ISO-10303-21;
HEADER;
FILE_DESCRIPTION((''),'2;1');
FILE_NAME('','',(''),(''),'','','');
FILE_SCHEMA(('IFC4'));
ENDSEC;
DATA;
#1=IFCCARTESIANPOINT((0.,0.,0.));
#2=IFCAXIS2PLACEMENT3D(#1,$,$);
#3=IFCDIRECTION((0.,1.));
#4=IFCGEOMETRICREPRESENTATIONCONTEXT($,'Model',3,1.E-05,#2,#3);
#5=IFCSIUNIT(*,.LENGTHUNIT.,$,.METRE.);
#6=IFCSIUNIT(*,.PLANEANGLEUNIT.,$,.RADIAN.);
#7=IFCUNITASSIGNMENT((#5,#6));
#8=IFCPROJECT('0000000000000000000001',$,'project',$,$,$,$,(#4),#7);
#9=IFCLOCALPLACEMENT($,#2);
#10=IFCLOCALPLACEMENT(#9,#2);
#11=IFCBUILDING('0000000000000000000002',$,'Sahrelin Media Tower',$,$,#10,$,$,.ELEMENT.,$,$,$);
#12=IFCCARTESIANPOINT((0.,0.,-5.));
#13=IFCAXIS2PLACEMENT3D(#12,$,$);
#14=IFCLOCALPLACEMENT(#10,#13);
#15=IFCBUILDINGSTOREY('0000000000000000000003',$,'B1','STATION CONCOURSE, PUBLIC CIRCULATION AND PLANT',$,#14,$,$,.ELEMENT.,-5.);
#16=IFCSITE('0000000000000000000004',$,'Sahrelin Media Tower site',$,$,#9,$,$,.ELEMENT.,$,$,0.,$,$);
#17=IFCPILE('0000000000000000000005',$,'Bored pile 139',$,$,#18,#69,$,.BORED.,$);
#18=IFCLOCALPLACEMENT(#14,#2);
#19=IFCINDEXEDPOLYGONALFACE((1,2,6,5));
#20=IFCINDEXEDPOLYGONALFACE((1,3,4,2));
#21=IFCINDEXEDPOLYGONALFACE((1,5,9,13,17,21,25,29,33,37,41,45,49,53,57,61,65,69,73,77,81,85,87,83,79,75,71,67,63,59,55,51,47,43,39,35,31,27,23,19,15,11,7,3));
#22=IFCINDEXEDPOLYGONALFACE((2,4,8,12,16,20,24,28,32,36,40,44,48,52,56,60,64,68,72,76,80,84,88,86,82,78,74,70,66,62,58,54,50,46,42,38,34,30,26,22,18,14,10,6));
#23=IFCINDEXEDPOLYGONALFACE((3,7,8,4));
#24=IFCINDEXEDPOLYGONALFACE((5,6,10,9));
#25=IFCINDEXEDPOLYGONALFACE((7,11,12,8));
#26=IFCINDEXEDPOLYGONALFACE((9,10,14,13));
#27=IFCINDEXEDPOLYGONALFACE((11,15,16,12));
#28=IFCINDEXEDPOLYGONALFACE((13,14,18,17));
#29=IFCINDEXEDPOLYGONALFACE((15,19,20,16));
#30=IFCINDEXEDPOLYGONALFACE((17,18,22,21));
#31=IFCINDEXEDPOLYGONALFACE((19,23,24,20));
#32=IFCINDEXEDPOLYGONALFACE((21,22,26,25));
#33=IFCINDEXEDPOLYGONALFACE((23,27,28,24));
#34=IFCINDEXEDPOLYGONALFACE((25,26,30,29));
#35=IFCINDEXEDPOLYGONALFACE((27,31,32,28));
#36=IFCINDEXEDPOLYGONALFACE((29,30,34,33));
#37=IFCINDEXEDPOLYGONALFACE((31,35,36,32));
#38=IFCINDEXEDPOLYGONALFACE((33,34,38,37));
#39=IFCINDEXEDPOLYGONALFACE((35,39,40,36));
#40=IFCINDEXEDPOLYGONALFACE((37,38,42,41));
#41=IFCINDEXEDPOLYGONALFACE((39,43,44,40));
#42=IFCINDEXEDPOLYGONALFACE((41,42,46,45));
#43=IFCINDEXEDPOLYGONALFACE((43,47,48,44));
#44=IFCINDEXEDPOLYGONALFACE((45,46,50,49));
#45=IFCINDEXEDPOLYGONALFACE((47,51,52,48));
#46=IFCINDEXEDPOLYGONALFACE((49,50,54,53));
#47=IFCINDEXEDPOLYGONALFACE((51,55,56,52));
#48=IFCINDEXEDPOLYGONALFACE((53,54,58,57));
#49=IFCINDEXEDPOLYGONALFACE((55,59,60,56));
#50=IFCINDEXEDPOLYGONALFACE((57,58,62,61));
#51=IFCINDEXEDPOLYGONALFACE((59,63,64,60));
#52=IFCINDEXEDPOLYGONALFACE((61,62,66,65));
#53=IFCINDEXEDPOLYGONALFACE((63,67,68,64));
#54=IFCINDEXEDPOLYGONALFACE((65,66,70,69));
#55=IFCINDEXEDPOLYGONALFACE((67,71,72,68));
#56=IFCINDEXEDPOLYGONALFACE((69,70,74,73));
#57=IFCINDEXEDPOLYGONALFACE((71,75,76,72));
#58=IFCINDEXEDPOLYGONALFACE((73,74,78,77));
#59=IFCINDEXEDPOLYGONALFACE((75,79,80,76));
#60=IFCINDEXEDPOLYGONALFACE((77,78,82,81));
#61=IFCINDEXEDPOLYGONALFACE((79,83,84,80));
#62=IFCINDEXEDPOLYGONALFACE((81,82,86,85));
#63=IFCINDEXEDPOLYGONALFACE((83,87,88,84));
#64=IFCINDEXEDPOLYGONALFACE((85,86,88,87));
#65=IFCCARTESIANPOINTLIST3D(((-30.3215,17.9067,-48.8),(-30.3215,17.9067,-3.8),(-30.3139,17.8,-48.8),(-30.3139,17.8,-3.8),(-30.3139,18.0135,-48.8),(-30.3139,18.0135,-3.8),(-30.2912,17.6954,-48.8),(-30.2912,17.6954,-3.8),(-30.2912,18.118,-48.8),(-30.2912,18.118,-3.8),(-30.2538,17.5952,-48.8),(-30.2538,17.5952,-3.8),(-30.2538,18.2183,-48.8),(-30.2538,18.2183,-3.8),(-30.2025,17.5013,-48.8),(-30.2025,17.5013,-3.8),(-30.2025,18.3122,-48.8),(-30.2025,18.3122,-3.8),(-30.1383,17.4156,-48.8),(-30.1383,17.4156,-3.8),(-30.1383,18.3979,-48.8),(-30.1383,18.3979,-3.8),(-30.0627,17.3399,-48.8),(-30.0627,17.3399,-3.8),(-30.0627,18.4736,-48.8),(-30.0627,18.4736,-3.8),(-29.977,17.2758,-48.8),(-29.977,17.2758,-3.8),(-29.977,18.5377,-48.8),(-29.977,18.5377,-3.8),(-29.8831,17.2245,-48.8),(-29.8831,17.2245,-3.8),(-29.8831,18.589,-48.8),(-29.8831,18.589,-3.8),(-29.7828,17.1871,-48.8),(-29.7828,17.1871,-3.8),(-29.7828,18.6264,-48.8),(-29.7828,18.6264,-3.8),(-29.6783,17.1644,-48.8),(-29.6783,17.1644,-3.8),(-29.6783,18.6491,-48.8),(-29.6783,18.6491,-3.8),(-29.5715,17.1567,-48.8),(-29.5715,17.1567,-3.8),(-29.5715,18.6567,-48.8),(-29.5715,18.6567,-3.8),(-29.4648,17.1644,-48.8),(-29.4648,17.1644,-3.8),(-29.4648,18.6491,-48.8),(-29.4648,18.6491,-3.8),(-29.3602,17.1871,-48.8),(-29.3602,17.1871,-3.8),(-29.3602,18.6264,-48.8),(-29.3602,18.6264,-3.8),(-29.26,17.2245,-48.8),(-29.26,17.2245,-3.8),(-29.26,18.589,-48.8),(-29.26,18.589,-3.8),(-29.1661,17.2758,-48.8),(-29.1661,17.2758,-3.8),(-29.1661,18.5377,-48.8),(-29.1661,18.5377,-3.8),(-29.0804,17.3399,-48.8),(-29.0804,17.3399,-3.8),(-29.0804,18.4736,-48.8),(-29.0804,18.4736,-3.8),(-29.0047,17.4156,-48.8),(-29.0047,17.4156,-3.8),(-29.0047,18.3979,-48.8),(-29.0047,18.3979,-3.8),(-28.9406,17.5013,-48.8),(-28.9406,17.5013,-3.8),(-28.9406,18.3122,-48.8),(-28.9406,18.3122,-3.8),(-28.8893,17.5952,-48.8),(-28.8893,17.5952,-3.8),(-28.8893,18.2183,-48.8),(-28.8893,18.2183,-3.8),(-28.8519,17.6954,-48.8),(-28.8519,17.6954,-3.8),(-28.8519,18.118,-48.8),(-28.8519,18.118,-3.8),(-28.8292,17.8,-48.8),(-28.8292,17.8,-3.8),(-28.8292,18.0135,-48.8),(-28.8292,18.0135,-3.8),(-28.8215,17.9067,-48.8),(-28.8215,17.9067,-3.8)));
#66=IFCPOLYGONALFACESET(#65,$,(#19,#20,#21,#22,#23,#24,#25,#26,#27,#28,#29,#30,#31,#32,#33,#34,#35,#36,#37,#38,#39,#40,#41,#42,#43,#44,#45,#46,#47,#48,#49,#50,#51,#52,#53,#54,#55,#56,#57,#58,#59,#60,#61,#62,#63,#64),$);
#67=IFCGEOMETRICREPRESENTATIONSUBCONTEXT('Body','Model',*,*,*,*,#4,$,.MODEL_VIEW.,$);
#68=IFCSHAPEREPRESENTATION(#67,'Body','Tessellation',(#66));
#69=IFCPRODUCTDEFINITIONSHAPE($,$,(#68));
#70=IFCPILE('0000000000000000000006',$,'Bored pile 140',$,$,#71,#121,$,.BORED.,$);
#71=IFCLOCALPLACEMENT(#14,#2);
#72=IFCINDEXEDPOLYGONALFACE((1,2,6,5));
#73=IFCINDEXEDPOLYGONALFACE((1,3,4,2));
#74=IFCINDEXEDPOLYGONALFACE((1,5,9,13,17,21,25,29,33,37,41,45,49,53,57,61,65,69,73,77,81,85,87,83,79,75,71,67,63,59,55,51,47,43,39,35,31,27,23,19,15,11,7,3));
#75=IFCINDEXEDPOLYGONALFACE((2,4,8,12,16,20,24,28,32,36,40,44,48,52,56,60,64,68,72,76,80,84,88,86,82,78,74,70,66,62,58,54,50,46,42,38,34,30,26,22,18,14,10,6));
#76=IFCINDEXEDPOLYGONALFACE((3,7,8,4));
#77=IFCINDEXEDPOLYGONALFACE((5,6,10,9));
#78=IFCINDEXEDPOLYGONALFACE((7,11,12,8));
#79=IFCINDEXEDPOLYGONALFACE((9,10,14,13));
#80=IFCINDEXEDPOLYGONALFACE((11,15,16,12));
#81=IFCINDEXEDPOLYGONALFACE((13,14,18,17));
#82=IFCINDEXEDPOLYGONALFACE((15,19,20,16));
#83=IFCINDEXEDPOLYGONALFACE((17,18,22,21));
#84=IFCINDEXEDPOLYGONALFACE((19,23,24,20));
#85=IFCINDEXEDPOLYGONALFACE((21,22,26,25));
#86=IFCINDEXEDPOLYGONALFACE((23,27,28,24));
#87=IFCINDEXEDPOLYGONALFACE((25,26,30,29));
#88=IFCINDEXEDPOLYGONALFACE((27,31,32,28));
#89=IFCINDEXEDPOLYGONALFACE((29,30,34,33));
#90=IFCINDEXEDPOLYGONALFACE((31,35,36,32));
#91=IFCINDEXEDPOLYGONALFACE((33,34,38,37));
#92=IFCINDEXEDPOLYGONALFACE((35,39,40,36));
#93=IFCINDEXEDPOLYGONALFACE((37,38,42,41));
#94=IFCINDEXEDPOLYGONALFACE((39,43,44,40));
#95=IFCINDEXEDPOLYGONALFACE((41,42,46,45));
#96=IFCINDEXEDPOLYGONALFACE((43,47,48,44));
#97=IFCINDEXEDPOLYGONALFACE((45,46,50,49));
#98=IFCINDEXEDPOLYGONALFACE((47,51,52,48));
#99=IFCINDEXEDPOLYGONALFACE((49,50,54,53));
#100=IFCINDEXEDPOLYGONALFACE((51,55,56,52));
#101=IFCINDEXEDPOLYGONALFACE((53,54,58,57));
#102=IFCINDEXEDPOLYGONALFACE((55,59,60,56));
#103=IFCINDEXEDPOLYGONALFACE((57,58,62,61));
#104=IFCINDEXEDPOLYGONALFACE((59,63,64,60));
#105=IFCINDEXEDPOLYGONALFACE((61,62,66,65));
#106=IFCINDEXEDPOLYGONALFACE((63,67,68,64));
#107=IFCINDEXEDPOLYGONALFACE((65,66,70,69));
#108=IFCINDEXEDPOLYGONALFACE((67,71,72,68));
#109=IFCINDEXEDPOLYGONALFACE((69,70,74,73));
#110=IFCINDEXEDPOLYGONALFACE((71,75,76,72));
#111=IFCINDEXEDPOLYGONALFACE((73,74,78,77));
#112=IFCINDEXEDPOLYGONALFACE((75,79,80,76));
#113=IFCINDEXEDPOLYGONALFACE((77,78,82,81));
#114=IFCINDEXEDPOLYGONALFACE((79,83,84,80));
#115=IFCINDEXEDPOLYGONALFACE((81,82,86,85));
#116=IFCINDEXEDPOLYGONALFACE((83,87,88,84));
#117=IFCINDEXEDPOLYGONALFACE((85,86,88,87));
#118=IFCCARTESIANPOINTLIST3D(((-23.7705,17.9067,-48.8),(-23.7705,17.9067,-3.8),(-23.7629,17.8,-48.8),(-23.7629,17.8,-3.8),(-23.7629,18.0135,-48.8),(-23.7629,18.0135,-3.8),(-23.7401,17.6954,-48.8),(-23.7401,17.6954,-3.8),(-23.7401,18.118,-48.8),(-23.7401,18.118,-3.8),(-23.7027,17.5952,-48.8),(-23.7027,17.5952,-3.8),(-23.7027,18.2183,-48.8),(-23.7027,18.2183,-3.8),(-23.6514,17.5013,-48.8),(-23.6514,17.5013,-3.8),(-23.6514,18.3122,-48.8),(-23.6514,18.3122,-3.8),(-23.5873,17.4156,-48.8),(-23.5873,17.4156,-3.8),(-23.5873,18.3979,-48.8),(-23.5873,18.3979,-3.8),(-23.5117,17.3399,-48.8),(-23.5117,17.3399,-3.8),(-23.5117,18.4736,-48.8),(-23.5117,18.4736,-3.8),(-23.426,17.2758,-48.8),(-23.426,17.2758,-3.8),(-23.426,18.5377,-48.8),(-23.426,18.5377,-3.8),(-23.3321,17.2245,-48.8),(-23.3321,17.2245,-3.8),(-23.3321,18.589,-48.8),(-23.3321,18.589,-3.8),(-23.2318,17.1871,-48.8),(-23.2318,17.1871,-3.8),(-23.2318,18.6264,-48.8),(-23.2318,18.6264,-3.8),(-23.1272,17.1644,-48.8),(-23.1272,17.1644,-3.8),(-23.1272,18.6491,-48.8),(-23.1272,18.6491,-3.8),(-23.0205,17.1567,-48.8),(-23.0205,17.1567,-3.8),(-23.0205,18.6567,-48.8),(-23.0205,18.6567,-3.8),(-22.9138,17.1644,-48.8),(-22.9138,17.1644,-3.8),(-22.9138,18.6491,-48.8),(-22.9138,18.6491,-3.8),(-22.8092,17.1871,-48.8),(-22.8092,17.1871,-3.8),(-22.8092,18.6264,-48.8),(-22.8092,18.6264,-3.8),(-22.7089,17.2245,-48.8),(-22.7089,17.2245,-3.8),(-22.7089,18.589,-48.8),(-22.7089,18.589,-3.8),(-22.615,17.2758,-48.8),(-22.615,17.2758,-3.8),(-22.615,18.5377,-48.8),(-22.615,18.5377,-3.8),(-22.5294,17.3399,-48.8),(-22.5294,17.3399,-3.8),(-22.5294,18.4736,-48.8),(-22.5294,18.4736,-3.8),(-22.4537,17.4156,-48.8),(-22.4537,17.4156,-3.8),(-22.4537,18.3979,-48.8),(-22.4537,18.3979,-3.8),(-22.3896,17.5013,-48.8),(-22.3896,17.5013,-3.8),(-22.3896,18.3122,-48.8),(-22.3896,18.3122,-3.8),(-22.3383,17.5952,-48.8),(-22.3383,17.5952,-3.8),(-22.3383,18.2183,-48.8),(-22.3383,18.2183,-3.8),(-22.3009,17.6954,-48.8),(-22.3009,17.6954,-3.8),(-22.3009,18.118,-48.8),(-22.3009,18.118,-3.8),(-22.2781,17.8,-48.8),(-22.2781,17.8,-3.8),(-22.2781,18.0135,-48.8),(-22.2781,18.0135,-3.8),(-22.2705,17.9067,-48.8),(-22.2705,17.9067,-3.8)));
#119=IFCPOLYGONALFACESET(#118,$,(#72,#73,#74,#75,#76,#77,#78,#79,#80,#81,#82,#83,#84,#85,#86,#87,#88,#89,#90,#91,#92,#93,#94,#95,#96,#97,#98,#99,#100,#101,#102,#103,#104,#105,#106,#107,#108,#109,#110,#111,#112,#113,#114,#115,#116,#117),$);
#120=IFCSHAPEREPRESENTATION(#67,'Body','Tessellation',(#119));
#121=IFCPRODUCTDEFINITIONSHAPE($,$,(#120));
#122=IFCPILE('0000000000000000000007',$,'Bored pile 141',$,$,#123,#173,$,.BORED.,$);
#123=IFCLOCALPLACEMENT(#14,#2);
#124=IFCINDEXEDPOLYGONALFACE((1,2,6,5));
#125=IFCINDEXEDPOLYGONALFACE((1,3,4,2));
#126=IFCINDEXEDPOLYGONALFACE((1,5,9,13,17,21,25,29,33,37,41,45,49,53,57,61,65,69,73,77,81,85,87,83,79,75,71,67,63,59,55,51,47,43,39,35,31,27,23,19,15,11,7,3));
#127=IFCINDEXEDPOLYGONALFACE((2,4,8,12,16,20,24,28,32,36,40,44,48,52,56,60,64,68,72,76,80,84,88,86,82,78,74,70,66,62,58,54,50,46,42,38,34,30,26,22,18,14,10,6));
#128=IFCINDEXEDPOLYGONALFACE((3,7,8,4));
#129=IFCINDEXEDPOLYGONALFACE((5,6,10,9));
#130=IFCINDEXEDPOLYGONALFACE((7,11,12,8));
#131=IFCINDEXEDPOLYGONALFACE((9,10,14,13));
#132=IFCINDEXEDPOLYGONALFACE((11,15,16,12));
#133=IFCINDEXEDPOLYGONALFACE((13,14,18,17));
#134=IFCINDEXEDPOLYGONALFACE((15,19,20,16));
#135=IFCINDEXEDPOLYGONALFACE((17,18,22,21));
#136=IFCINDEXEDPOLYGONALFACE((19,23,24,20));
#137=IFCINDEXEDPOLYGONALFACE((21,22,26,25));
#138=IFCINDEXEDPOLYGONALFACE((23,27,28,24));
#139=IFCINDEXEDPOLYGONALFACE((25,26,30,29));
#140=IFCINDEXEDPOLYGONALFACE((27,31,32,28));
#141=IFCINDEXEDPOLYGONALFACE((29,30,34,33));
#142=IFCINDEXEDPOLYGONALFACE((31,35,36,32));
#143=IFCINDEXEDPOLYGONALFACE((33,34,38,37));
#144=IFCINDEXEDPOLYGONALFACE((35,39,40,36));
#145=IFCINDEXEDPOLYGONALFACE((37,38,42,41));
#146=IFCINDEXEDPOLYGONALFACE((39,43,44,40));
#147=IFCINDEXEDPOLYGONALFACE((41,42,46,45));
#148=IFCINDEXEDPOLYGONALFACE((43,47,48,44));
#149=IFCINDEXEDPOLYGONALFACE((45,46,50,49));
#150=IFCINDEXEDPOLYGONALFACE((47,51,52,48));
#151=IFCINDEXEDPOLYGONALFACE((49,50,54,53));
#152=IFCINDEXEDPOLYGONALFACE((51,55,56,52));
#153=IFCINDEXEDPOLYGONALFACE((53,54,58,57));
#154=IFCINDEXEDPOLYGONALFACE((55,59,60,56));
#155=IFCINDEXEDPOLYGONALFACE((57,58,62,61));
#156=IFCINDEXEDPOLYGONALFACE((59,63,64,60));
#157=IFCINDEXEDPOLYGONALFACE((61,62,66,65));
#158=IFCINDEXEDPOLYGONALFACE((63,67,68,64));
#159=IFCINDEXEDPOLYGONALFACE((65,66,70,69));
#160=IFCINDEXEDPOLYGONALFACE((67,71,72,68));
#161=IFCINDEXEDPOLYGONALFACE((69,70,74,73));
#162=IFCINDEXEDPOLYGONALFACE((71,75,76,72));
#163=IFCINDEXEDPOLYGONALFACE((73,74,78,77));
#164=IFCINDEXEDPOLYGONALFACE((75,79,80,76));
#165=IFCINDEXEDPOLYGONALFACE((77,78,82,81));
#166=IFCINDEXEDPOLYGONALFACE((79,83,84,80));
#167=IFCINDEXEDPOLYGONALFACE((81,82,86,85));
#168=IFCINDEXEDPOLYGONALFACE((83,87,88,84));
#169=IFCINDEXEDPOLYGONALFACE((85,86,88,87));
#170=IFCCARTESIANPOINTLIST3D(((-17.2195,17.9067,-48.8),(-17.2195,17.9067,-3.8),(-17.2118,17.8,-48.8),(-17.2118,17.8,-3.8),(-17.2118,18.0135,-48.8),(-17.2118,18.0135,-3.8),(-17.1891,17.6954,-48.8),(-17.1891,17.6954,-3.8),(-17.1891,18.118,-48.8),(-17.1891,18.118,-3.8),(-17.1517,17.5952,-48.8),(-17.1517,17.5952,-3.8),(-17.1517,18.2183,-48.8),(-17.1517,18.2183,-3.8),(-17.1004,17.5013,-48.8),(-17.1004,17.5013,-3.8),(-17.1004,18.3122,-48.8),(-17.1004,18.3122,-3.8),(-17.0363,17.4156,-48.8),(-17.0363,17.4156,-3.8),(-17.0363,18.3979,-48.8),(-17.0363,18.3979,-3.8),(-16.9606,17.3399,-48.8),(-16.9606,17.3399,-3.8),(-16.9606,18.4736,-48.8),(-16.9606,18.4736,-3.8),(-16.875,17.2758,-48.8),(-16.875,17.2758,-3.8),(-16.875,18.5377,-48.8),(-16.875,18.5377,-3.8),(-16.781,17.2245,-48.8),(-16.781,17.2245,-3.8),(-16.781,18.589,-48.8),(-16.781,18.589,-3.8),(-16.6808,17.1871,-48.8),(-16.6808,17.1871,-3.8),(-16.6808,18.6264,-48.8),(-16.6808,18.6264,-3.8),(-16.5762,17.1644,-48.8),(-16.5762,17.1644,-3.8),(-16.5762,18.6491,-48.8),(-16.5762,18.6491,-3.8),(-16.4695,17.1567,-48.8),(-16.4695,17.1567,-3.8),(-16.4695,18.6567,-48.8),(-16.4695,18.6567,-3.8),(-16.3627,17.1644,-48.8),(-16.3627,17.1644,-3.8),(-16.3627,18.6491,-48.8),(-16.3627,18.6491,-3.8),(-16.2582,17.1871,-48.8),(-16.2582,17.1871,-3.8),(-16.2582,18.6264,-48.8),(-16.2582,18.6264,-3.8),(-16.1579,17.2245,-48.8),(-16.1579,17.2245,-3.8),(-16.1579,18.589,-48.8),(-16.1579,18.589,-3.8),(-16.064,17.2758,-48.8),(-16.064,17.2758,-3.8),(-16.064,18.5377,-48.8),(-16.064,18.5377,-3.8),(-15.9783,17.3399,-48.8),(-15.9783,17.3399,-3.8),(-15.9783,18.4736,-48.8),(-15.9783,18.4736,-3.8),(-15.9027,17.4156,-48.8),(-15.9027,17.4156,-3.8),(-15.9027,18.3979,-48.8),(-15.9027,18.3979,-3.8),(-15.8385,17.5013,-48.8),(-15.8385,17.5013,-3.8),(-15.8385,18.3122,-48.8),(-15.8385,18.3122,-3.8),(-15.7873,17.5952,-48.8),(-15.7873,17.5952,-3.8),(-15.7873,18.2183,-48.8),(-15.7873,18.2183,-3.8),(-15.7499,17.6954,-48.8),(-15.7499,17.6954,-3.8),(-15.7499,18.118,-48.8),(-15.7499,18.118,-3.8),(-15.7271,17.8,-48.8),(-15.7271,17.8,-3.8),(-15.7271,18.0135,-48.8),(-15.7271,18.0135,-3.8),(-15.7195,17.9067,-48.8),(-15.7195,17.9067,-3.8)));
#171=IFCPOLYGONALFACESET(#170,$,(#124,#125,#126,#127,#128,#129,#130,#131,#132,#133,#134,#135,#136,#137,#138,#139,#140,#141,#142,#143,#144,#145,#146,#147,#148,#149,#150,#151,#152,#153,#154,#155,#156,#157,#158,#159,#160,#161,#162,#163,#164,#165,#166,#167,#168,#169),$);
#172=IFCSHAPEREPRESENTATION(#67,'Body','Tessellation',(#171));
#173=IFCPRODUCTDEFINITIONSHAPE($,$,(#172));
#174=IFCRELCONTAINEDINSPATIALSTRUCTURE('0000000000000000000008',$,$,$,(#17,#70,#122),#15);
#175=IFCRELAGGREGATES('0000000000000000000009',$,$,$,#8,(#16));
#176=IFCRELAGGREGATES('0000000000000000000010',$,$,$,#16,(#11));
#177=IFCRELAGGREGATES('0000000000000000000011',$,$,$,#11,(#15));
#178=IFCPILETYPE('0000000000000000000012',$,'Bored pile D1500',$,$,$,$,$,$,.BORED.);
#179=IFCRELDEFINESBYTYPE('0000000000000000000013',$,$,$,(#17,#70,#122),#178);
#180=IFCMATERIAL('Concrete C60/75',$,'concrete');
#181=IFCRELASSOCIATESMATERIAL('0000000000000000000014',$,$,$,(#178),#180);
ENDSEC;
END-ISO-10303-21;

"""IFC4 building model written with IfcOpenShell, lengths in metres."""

from ifc_helpers import new_model, si_unit, direction, frame, origin, origin_2d, place, context, subcontext, project, spatial, circle, extrude, material, material_profile, profile_set, type_object, element, save


model = new_model("IFC4")

# Units and contexts
model_context = context("Model", 3, precision=1e-05, world=origin(), true_north=direction((0.0, 1.0)))
body_context = subcontext(model_context, "Body", "Model", "MODEL_VIEW")
ifc_project = project(units=[si_unit("LENGTHUNIT", "METRE"), si_unit("PLANEANGLEUNIT", "RADIAN")], contexts=[model_context])

# Site, building, storey
site_placement = place(None, origin())
site = spatial("IfcSite", under=ifc_project, at=site_placement, Name="Sahrelin Media Tower site", CompositionType="ELEMENT", RefElevation=0.0)
building_placement = place(site_placement, origin())
building = spatial("IfcBuilding", under=site, at=building_placement, Name="Sahrelin Media Tower", CompositionType="ELEMENT")
storey_placement = place(building_placement, frame((0.0, 0.0, -5.0)))
storey = spatial("IfcBuildingStorey", under=building, at=storey_placement, Name="B1", Description="STATION CONCOURSE, PUBLIC CIRCULATION AND PLANT", CompositionType="ELEMENT", Elevation=-5.0)

# Piles
ifc_material_1 = material(Name="Concrete C60/75", Category="concrete")
ifc_material_profile_1 = material_profile(ifc_material_1, circle(Radius=0.75, at=origin_2d()), Name="Bored pile D1500")
ifc_profile_set_1 = profile_set([ifc_material_profile_1], Name="Concrete C60/75")
pile_type = type_object("IfcPileType", Name="Bored pile D1500", PredefinedType="BORED", material=ifc_profile_set_1)
for number, where, z_axis, x_axis, name in (
    (1, (-29.5715, 17.9067, -3.8), (0.0, 0.0, -1.0), (1.0, 0.0, 0.0), "Bored pile 139"),
    (2, (-23.0205, 17.9067, -3.8), (0.0, 0.0, -1.0), (1.0, 0.0, 0.0), "Bored pile 140"),
    (3, (-16.4695, 17.9067, -3.8), (0.0, 0.0, -1.0), (1.0, 0.0, 0.0), "Bored pile 141"),
):
    element("IfcPile", number, at=place(storey_placement, frame(where, z_axis=z_axis, x_axis=x_axis)), inside=storey, type_object=pile_type, Name=name, PredefinedType="BORED", context=body_context, shape_type="SweptSolid", body=[
        extrude(circle(Radius=0.75, at=origin_2d()), origin(), (0.0, 0.0, 1.0), 45.0),
    ])

save(model, "model.ifc")
